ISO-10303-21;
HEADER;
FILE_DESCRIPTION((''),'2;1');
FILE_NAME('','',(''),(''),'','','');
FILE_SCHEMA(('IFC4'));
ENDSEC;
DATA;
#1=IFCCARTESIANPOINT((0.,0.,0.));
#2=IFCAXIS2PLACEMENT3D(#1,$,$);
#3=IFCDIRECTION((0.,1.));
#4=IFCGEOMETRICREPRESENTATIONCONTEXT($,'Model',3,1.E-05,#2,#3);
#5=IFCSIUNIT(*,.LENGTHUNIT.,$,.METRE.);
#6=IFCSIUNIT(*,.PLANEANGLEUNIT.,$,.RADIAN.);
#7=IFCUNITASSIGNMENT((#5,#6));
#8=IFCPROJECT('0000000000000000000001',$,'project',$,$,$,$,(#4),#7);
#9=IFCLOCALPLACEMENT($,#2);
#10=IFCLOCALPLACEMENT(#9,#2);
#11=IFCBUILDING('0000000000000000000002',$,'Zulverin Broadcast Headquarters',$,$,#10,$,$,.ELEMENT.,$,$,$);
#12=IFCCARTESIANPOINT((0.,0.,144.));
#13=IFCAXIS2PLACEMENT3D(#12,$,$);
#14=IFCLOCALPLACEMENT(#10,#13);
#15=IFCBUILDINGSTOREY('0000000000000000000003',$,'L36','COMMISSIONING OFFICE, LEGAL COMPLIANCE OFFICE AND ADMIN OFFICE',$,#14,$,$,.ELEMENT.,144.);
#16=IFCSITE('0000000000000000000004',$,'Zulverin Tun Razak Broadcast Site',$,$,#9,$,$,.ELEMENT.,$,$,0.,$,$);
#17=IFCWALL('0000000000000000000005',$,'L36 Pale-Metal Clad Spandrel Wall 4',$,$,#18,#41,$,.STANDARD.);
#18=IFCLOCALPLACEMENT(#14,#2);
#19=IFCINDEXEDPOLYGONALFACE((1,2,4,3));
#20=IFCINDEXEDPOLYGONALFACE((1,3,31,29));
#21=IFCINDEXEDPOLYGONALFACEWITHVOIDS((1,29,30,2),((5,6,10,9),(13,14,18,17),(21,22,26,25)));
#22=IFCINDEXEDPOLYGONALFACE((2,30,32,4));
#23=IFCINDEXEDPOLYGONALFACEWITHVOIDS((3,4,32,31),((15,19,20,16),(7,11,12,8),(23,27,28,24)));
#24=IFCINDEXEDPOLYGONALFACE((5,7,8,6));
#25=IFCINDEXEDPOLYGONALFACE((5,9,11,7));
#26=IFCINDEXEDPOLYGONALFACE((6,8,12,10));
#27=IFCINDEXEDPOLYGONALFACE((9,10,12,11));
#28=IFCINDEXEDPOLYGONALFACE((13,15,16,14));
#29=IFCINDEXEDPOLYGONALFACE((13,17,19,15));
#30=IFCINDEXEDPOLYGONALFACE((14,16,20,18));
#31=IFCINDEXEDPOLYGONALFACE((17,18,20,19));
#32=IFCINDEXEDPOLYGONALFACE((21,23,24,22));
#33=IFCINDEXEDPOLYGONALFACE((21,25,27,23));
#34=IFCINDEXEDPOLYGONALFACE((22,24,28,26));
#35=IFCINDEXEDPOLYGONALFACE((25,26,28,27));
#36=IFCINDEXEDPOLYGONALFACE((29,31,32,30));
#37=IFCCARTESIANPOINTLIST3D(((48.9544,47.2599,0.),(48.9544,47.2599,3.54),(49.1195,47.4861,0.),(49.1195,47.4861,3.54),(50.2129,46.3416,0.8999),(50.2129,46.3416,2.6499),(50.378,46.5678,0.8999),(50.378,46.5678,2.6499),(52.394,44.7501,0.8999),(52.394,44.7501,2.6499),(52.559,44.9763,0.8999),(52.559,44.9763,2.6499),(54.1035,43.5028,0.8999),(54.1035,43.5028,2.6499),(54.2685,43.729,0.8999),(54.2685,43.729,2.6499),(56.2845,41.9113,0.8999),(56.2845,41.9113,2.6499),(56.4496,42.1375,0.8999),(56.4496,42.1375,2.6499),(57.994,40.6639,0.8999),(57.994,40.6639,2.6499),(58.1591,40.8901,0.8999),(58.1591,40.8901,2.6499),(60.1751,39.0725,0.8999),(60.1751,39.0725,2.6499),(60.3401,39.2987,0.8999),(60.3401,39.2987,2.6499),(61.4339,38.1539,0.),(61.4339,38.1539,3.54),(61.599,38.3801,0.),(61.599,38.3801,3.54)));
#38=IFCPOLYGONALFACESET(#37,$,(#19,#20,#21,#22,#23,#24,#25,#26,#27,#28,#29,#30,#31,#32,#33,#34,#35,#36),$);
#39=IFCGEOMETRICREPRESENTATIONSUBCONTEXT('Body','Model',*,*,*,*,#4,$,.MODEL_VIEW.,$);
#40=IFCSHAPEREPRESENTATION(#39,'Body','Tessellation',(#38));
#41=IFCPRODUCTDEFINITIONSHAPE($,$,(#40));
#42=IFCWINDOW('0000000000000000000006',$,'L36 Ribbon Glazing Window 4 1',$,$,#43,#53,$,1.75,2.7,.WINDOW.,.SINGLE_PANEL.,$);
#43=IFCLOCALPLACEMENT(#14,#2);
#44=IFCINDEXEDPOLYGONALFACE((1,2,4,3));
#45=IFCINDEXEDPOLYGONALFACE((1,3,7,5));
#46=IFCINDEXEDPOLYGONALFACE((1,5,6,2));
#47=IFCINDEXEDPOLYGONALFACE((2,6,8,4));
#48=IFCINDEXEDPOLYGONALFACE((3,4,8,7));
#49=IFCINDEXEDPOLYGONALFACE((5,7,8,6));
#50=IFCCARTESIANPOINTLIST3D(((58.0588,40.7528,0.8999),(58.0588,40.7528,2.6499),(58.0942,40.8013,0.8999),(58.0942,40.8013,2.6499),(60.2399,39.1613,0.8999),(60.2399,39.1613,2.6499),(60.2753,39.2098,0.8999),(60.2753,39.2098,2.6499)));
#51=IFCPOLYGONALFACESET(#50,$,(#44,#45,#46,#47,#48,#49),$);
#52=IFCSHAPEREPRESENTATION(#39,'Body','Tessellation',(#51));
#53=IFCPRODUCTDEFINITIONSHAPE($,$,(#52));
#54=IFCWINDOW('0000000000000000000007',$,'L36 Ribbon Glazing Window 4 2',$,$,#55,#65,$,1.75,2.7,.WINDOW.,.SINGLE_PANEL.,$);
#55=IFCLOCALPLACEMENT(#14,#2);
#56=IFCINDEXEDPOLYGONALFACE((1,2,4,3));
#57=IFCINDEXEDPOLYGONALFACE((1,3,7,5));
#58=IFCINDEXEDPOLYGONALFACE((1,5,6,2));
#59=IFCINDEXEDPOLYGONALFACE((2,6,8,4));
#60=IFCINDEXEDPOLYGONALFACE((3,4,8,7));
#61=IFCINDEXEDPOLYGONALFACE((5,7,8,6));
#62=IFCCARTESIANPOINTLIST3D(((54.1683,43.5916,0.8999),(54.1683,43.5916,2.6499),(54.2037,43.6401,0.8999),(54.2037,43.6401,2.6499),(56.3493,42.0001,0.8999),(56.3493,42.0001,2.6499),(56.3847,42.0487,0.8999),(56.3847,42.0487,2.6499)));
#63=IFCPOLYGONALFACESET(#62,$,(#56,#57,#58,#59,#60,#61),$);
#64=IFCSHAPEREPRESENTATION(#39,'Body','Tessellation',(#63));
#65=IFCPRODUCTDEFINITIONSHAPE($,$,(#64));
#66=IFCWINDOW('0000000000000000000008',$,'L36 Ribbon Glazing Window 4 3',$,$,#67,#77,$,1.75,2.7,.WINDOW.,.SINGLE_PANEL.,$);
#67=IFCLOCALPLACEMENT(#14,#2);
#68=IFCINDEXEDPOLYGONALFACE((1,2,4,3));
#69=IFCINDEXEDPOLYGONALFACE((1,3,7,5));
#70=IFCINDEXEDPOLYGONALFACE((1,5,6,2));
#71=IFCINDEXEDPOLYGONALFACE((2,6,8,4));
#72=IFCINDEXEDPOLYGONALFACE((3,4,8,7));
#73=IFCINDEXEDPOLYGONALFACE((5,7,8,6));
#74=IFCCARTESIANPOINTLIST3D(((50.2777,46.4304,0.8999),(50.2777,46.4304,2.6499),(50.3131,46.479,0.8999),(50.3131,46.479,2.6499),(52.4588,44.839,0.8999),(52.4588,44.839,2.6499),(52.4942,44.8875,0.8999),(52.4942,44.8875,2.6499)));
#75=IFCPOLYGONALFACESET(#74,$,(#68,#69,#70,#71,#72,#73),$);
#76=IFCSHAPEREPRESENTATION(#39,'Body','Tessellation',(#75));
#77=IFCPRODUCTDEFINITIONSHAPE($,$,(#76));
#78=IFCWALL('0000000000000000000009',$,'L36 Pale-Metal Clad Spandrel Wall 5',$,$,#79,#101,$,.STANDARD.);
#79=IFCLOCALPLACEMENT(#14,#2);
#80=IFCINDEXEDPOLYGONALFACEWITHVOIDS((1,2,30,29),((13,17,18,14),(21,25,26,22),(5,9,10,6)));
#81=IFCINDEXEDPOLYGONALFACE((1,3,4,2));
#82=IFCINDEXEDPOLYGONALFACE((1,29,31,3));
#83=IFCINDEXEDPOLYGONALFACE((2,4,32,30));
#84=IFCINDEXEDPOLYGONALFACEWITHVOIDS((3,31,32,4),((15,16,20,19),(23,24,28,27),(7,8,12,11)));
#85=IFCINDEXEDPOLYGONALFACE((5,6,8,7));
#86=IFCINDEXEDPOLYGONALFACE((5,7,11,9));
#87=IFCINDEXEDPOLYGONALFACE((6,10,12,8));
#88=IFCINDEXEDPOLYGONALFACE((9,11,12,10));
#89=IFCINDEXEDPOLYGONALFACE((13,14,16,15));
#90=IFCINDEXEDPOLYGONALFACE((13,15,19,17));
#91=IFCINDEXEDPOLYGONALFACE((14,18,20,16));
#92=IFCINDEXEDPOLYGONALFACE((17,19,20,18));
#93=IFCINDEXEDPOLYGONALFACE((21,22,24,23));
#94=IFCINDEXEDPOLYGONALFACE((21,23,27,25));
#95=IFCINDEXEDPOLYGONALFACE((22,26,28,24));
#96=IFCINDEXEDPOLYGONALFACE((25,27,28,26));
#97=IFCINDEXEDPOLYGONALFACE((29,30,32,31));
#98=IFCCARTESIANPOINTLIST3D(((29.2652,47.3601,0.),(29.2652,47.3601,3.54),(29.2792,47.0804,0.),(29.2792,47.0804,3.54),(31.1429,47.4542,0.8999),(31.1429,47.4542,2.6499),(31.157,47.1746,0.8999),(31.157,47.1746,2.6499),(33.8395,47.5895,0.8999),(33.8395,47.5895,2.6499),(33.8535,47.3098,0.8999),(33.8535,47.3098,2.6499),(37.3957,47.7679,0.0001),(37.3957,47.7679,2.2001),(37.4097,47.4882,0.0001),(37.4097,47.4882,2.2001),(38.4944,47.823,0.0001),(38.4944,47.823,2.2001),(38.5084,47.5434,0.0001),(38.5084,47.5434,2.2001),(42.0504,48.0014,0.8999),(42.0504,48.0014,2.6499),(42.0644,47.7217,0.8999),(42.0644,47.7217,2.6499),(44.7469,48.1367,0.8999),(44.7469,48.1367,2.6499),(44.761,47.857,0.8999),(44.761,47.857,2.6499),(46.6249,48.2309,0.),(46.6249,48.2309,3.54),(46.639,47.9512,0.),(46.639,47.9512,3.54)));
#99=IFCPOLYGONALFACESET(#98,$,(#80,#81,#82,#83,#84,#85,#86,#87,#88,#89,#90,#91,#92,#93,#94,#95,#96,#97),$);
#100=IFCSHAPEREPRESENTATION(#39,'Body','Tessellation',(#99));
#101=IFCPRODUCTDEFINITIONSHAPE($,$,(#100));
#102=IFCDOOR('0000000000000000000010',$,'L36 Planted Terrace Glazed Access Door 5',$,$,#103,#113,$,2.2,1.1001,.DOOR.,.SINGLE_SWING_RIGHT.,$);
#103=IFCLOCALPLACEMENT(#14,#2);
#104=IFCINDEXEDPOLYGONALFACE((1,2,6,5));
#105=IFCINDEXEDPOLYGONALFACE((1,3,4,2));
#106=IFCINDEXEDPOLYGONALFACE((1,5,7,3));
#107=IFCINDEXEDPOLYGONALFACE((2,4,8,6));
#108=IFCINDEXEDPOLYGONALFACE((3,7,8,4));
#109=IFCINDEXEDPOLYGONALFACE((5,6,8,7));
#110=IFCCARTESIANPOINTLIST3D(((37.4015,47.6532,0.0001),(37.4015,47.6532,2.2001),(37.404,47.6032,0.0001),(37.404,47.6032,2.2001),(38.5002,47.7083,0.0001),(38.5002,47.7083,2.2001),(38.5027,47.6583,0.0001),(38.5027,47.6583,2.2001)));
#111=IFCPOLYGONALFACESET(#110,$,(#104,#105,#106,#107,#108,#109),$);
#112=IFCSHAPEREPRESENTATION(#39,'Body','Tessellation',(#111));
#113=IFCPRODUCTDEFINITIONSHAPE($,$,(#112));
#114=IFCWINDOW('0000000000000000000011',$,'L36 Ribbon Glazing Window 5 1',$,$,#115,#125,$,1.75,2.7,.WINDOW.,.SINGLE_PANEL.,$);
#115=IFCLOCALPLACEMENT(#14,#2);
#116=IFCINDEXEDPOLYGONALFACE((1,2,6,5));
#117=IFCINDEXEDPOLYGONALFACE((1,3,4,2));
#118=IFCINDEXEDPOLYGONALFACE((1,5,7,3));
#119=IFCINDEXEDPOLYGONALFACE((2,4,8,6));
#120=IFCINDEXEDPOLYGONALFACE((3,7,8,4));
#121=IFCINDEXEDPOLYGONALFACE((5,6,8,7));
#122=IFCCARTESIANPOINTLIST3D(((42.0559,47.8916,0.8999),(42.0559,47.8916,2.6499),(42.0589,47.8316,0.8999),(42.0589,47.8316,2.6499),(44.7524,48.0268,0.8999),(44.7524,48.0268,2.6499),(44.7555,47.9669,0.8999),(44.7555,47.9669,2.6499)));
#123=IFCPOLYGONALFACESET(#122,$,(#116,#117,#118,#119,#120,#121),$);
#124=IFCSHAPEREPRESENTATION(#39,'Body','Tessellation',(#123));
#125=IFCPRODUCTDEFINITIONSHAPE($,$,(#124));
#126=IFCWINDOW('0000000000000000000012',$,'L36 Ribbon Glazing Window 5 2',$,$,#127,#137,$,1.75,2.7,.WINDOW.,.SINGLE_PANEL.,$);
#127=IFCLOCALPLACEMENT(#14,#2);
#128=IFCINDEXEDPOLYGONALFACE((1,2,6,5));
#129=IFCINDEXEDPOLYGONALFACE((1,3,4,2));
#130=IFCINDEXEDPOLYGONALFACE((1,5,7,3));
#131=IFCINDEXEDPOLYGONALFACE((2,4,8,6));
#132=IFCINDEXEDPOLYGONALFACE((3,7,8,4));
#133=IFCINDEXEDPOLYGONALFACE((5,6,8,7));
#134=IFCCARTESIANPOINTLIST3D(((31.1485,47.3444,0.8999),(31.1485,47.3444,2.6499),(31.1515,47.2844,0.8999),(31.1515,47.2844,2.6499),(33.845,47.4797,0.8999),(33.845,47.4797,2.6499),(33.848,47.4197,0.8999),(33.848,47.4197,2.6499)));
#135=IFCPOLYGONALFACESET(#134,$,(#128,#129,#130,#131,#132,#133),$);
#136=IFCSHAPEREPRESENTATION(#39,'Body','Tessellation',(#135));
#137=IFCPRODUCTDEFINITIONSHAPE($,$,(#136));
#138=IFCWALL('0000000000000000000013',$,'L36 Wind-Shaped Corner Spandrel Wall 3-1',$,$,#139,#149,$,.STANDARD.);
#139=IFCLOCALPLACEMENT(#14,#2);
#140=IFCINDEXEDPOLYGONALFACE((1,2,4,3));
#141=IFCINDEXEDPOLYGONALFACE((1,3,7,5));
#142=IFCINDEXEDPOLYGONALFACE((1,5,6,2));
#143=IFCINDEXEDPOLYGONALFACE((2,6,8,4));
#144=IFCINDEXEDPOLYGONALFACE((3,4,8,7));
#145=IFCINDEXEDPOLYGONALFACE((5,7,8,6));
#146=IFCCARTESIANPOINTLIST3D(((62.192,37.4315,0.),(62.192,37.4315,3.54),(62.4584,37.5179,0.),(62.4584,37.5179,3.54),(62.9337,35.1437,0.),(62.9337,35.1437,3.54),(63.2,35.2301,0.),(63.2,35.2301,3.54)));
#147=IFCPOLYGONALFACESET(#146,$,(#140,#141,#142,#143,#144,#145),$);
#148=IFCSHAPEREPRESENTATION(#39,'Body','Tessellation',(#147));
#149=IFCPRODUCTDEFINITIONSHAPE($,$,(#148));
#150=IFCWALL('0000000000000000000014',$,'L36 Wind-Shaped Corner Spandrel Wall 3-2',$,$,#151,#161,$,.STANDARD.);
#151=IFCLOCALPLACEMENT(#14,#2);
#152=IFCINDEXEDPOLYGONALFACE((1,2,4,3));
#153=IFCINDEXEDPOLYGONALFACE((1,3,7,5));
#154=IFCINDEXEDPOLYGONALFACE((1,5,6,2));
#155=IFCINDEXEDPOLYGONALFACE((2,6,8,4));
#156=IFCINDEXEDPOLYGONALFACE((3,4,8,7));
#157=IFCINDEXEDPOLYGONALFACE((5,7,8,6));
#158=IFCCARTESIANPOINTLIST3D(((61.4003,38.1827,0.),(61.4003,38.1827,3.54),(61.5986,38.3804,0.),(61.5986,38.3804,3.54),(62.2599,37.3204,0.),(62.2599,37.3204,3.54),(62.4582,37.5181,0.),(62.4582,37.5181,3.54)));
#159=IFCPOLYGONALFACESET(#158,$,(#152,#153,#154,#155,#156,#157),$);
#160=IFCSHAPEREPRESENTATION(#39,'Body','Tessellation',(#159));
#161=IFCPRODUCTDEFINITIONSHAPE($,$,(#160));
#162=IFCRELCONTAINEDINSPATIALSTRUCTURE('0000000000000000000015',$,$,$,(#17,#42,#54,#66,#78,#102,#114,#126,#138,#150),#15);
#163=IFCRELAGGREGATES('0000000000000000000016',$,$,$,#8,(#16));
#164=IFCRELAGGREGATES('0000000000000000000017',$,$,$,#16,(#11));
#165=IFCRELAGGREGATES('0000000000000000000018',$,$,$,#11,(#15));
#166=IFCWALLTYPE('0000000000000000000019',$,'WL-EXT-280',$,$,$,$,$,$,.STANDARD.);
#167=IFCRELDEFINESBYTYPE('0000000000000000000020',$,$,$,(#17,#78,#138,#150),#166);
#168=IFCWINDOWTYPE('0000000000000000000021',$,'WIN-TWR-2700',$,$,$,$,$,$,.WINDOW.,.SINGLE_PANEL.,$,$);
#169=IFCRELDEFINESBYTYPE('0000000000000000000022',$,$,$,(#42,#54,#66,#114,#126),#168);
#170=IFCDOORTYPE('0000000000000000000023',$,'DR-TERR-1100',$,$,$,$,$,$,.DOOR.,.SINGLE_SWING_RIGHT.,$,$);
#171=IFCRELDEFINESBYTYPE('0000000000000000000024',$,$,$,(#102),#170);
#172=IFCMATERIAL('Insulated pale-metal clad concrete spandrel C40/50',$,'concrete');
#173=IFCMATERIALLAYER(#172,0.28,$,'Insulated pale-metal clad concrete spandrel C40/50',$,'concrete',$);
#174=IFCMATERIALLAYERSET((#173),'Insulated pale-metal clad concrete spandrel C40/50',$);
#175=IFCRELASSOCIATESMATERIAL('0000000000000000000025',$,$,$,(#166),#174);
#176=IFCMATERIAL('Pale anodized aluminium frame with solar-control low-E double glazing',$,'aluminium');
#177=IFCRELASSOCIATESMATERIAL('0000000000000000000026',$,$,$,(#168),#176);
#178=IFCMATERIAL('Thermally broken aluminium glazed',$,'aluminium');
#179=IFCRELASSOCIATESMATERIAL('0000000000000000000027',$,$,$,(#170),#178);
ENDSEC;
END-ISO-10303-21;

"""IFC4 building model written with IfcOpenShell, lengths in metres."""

from ifc_helpers import new_model, si_unit, direction, frame, frame_2d, origin, place, context, subcontext, project, spatial, rectangle, extrude, material, layer, layer_set, type_object, element, fill, save


model = new_model("IFC4")

# Units and contexts
model_context = context("Model", 3, precision=1e-05, world=origin(), true_north=direction((0.0, 1.0)))
body_context = subcontext(model_context, "Body", "Model", "MODEL_VIEW")
ifc_project = project(units=[si_unit("LENGTHUNIT", "METRE"), si_unit("PLANEANGLEUNIT", "RADIAN")], contexts=[model_context])

# Site, building, storey
site_placement = place(None, origin())
site = spatial("IfcSite", under=ifc_project, at=site_placement, Name="Zulverin Tun Razak Broadcast Site", CompositionType="ELEMENT", RefElevation=0.0)
building_placement = place(site_placement, origin())
building = spatial("IfcBuilding", under=site, at=building_placement, Name="Zulverin Broadcast Headquarters", CompositionType="ELEMENT")
storey_placement = place(building_placement, frame((0.0, 0.0, 144.0)))
storey = spatial("IfcBuildingStorey", under=building, at=storey_placement, Name="L36", Description="COMMISSIONING OFFICE, LEGAL COMPLIANCE OFFICE AND ADMIN OFFICE", CompositionType="ELEMENT", Elevation=144.0)

# Wall, openings, windows
ifc_material_1 = material(Name="Insulated pale-metal clad concrete spandrel C40/50", Category="concrete")
ifc_layer_1 = layer(ifc_material_1, 0.28, Name="Insulated pale-metal clad concrete spandrel C40/50", Category="concrete")
ifc_layer_set_1 = layer_set([ifc_layer_1], Name="Insulated pale-metal clad concrete spandrel C40/50")
wall_type = type_object("IfcWallType", Name="WL-EXT-280", PredefinedType="STANDARD", material=ifc_layer_set_1)
wall_1_placement = place(storey_placement, frame((61.5164, 38.2671, 0.0), z_axis=(0.0, 0.0, 1.0), x_axis=(-0.807813, 0.58944, 0.0)))
wall_1 = element("IfcWall", 1, at=wall_1_placement, inside=storey, type_object=wall_type, Name="L36 Pale-Metal Clad Spandrel Wall 4", PredefinedType="STANDARD", context=body_context, shape_type="SweptSolid", body=[
    extrude(rectangle(XDim=15.4485, YDim=0.28, at=frame_2d((7.7241, 0.0))), origin(), (0.0, 0.0, 1.0), 3.54),
])
opening_1_placement = place(wall_1_placement, frame((1.5581, 0.0, 0.8999)))
opening_1 = element("IfcOpeningElement", 2, at=opening_1_placement, cuts=wall_1, PredefinedType="OPENING", context=body_context, shape_type="SweptSolid", body=[
    extrude(rectangle(XDim=2.7, YDim=1.75, at=frame_2d((1.3501, 0.875))), frame((0.0, 0.1499, 0.0), z_axis=(0.0, -1.0, 0.0), x_axis=(1.0, 0.0, 0.0)), (0.0, 0.0, 1.0), 0.3),
])
opening_2_placement = place(wall_1_placement, frame((6.3743, 0.0, 0.8999)))
opening_2 = element("IfcOpeningElement", 3, at=opening_2_placement, cuts=wall_1, PredefinedType="OPENING", context=body_context, shape_type="SweptSolid", body=[
    extrude(rectangle(XDim=2.7, YDim=1.75, at=frame_2d((1.3501, 0.875))), frame((0.0, 0.1499, 0.0), z_axis=(0.0, -1.0, 0.0), x_axis=(1.0, 0.0, 0.0)), (0.0, 0.0, 1.0), 0.3),
])
opening_3_placement = place(wall_1_placement, frame((11.1904, 0.0, 0.8999)))
opening_3 = element("IfcOpeningElement", 4, at=opening_3_placement, cuts=wall_1, PredefinedType="OPENING", context=body_context, shape_type="SweptSolid", body=[
    extrude(rectangle(XDim=2.7, YDim=1.75, at=frame_2d((1.3501, 0.875))), frame((0.0, 0.1499, 0.0), z_axis=(0.0, -1.0, 0.0), x_axis=(1.0, 0.0, 0.0)), (0.0, 0.0, 1.0), 0.3),
])
ifc_material_2 = material(Name="Pale anodized aluminium frame with solar-control low-E double glazing", Category="aluminium")
window_type = type_object("IfcWindowType", Name="WIN-TWR-2700", PartitioningType="SINGLE_PANEL", PredefinedType="WINDOW", material=ifc_material_2)
window_1_placement = place(opening_1_placement, origin())
window_1 = element("IfcWindow", 5, at=window_1_placement, inside=storey, type_object=window_type, Name="L36 Ribbon Glazing Window 4 1", OverallHeight=1.75, OverallWidth=2.7, PartitioningType="SINGLE_PANEL", PredefinedType="WINDOW", context=body_context, shape_type="SweptSolid", body=[
    extrude(rectangle(XDim=2.7, YDim=1.75, at=frame_2d((1.3501, 0.875))), frame((0.0, 0.03, 0.0), z_axis=(0.0, -1.0, 0.0), x_axis=(1.0, 0.0, 0.0)), (0.0, 0.0, 1.0), 0.0601),
])
fill(opening_1, window_1)
window_2_placement = place(opening_2_placement, origin())
window_2 = element("IfcWindow", 6, at=window_2_placement, inside=storey, type_object=window_type, Name="L36 Ribbon Glazing Window 4 2", OverallHeight=1.75, OverallWidth=2.7, PartitioningType="SINGLE_PANEL", PredefinedType="WINDOW", context=body_context, shape_type="SweptSolid", body=[
    extrude(rectangle(XDim=2.7, YDim=1.75, at=frame_2d((1.3501, 0.875))), frame((0.0, 0.03, 0.0), z_axis=(0.0, -1.0, 0.0), x_axis=(1.0, 0.0, 0.0)), (0.0, 0.0, 1.0), 0.0601),
])
fill(opening_2, window_2)
window_3_placement = place(opening_3_placement, origin())
window_3 = element("IfcWindow", 7, at=window_3_placement, inside=storey, type_object=window_type, Name="L36 Ribbon Glazing Window 4 3", OverallHeight=1.75, OverallWidth=2.7, PartitioningType="SINGLE_PANEL", PredefinedType="WINDOW", context=body_context, shape_type="SweptSolid", body=[
    extrude(rectangle(XDim=2.7, YDim=1.75, at=frame_2d((1.3501, 0.875))), frame((0.0, 0.03, 0.0), z_axis=(0.0, -1.0, 0.0), x_axis=(1.0, 0.0, 0.0)), (0.0, 0.0, 1.0), 0.0601),
])
fill(opening_3, window_3)

# Wall, openings, door, windows
wall_2_placement = place(storey_placement, frame((46.6321, 48.0911, 0.0), z_axis=(0.0, 0.0, 1.0), x_axis=(-0.998744, -0.050102, 0.0)))
wall_2 = element("IfcWall", 8, at=wall_2_placement, inside=storey, type_object=wall_type, Name="L36 Pale-Metal Clad Spandrel Wall 5", PredefinedType="STANDARD", context=body_context, shape_type="SweptSolid", body=[
    extrude(rectangle(XDim=17.3816, YDim=0.28, at=frame_2d((8.6909, 0.0))), origin(), (0.0, 0.0, 1.0), 3.54),
])
opening_4_placement = place(wall_2_placement, frame((8.1409, 0.0, 0.0)))
opening_4 = element("IfcOpeningElement", 9, at=opening_4_placement, cuts=wall_2, PredefinedType="OPENING", context=body_context, shape_type="SweptSolid", body=[
    extrude(rectangle(XDim=1.1001, YDim=2.2, at=frame_2d((0.55, 1.1001))), frame((0.0, 0.1499, 0.0), z_axis=(0.0, -1.0, 0.0), x_axis=(1.0, 0.0, 0.0)), (0.0, 0.0, 1.0), 0.3),
])
opening_5_placement = place(wall_2_placement, frame((1.8804, 0.0, 0.8999)))
opening_5 = element("IfcOpeningElement", 10, at=opening_5_placement, cuts=wall_2, PredefinedType="OPENING", context=body_context, shape_type="SweptSolid", body=[
    extrude(rectangle(XDim=2.7, YDim=1.75, at=frame_2d((1.3501, 0.875))), frame((0.0, 0.1499, 0.0), z_axis=(0.0, -1.0, 0.0), x_axis=(1.0, 0.0, 0.0)), (0.0, 0.0, 1.0), 0.3),
])
opening_6_placement = place(wall_2_placement, frame((12.8015, 0.0, 0.8999)))
opening_6 = element("IfcOpeningElement", 11, at=opening_6_placement, cuts=wall_2, PredefinedType="OPENING", context=body_context, shape_type="SweptSolid", body=[
    extrude(rectangle(XDim=2.7, YDim=1.75, at=frame_2d((1.3501, 0.875))), frame((0.0, 0.1499, 0.0), z_axis=(0.0, -1.0, 0.0), x_axis=(1.0, 0.0, 0.0)), (0.0, 0.0, 1.0), 0.3),
])
ifc_material_3 = material(Name="Thermally broken aluminium glazed", Category="aluminium")
door_type = type_object("IfcDoorType", Name="DR-TERR-1100", OperationType="SINGLE_SWING_RIGHT", PredefinedType="DOOR", material=ifc_material_3)
door_placement = place(opening_4_placement, origin())
door = element("IfcDoor", 12, at=door_placement, inside=storey, type_object=door_type, Name="L36 Planted Terrace Glazed Access Door 5", OperationType="SINGLE_SWING_RIGHT", OverallHeight=2.2, OverallWidth=1.1001, PredefinedType="DOOR", context=body_context, shape_type="SweptSolid", body=[
    extrude(rectangle(XDim=1.1001, YDim=2.2, at=frame_2d((0.55, 1.1001))), frame((0.0, 0.0249, 0.0), z_axis=(0.0, -1.0, 0.0), x_axis=(1.0, 0.0, 0.0)), (0.0, 0.0, 1.0), 0.05),
])
fill(opening_4, door)
window_4_placement = place(opening_5_placement, origin())
window_4 = element("IfcWindow", 13, at=window_4_placement, inside=storey, type_object=window_type, Name="L36 Ribbon Glazing Window 5 1", OverallHeight=1.75, OverallWidth=2.7, PartitioningType="SINGLE_PANEL", PredefinedType="WINDOW", context=body_context, shape_type="SweptSolid", body=[
    extrude(rectangle(XDim=2.7, YDim=1.75, at=frame_2d((1.3501, 0.875))), frame((0.0, 0.03, 0.0), z_axis=(0.0, -1.0, 0.0), x_axis=(1.0, 0.0, 0.0)), (0.0, 0.0, 1.0), 0.0601),
])
fill(opening_5, window_4)
window_5_placement = place(opening_6_placement, origin())
window_5 = element("IfcWindow", 14, at=window_5_placement, inside=storey, type_object=window_type, Name="L36 Ribbon Glazing Window 5 2", OverallHeight=1.75, OverallWidth=2.7, PartitioningType="SINGLE_PANEL", PredefinedType="WINDOW", context=body_context, shape_type="SweptSolid", body=[
    extrude(rectangle(XDim=2.7, YDim=1.75, at=frame_2d((1.3501, 0.875))), frame((0.0, 0.03, 0.0), z_axis=(0.0, -1.0, 0.0), x_axis=(1.0, 0.0, 0.0)), (0.0, 0.0, 1.0), 0.0601),
])
fill(opening_6, window_5)

# Walls
wall_3_placement = place(storey_placement, frame((63.0669, 35.1868, 0.0), z_axis=(0.0, 0.0, 1.0), x_axis=(-0.308391, 0.95126, 0.0)))
element("IfcWall", 15, at=wall_3_placement, inside=storey, type_object=wall_type, Name="L36 Wind-Shaped Corner Spandrel Wall 3-1", PredefinedType="STANDARD", context=body_context, shape_type="SweptSolid", body=[
    extrude(rectangle(XDim=2.405, YDim=0.28, at=frame_2d((1.2026, 0.0))), origin(), (0.0, 0.0, 1.0), 3.54),
])
wall_4_placement = place(storey_placement, frame((62.3591, 37.4192, 0.0), z_axis=(0.0, 0.0, 1.0), x_axis=(-0.706003, 0.708209, 0.0)))
element("IfcWall", 16, at=wall_4_placement, inside=storey, type_object=wall_type, Name="L36 Wind-Shaped Corner Spandrel Wall 3-2", PredefinedType="STANDARD", context=body_context, shape_type="SweptSolid", body=[
    extrude(rectangle(XDim=1.2175, YDim=0.28, at=frame_2d((0.6089, 0.0))), origin(), (0.0, 0.0, 1.0), 3.54),
])

save(model, "model.ifc")
